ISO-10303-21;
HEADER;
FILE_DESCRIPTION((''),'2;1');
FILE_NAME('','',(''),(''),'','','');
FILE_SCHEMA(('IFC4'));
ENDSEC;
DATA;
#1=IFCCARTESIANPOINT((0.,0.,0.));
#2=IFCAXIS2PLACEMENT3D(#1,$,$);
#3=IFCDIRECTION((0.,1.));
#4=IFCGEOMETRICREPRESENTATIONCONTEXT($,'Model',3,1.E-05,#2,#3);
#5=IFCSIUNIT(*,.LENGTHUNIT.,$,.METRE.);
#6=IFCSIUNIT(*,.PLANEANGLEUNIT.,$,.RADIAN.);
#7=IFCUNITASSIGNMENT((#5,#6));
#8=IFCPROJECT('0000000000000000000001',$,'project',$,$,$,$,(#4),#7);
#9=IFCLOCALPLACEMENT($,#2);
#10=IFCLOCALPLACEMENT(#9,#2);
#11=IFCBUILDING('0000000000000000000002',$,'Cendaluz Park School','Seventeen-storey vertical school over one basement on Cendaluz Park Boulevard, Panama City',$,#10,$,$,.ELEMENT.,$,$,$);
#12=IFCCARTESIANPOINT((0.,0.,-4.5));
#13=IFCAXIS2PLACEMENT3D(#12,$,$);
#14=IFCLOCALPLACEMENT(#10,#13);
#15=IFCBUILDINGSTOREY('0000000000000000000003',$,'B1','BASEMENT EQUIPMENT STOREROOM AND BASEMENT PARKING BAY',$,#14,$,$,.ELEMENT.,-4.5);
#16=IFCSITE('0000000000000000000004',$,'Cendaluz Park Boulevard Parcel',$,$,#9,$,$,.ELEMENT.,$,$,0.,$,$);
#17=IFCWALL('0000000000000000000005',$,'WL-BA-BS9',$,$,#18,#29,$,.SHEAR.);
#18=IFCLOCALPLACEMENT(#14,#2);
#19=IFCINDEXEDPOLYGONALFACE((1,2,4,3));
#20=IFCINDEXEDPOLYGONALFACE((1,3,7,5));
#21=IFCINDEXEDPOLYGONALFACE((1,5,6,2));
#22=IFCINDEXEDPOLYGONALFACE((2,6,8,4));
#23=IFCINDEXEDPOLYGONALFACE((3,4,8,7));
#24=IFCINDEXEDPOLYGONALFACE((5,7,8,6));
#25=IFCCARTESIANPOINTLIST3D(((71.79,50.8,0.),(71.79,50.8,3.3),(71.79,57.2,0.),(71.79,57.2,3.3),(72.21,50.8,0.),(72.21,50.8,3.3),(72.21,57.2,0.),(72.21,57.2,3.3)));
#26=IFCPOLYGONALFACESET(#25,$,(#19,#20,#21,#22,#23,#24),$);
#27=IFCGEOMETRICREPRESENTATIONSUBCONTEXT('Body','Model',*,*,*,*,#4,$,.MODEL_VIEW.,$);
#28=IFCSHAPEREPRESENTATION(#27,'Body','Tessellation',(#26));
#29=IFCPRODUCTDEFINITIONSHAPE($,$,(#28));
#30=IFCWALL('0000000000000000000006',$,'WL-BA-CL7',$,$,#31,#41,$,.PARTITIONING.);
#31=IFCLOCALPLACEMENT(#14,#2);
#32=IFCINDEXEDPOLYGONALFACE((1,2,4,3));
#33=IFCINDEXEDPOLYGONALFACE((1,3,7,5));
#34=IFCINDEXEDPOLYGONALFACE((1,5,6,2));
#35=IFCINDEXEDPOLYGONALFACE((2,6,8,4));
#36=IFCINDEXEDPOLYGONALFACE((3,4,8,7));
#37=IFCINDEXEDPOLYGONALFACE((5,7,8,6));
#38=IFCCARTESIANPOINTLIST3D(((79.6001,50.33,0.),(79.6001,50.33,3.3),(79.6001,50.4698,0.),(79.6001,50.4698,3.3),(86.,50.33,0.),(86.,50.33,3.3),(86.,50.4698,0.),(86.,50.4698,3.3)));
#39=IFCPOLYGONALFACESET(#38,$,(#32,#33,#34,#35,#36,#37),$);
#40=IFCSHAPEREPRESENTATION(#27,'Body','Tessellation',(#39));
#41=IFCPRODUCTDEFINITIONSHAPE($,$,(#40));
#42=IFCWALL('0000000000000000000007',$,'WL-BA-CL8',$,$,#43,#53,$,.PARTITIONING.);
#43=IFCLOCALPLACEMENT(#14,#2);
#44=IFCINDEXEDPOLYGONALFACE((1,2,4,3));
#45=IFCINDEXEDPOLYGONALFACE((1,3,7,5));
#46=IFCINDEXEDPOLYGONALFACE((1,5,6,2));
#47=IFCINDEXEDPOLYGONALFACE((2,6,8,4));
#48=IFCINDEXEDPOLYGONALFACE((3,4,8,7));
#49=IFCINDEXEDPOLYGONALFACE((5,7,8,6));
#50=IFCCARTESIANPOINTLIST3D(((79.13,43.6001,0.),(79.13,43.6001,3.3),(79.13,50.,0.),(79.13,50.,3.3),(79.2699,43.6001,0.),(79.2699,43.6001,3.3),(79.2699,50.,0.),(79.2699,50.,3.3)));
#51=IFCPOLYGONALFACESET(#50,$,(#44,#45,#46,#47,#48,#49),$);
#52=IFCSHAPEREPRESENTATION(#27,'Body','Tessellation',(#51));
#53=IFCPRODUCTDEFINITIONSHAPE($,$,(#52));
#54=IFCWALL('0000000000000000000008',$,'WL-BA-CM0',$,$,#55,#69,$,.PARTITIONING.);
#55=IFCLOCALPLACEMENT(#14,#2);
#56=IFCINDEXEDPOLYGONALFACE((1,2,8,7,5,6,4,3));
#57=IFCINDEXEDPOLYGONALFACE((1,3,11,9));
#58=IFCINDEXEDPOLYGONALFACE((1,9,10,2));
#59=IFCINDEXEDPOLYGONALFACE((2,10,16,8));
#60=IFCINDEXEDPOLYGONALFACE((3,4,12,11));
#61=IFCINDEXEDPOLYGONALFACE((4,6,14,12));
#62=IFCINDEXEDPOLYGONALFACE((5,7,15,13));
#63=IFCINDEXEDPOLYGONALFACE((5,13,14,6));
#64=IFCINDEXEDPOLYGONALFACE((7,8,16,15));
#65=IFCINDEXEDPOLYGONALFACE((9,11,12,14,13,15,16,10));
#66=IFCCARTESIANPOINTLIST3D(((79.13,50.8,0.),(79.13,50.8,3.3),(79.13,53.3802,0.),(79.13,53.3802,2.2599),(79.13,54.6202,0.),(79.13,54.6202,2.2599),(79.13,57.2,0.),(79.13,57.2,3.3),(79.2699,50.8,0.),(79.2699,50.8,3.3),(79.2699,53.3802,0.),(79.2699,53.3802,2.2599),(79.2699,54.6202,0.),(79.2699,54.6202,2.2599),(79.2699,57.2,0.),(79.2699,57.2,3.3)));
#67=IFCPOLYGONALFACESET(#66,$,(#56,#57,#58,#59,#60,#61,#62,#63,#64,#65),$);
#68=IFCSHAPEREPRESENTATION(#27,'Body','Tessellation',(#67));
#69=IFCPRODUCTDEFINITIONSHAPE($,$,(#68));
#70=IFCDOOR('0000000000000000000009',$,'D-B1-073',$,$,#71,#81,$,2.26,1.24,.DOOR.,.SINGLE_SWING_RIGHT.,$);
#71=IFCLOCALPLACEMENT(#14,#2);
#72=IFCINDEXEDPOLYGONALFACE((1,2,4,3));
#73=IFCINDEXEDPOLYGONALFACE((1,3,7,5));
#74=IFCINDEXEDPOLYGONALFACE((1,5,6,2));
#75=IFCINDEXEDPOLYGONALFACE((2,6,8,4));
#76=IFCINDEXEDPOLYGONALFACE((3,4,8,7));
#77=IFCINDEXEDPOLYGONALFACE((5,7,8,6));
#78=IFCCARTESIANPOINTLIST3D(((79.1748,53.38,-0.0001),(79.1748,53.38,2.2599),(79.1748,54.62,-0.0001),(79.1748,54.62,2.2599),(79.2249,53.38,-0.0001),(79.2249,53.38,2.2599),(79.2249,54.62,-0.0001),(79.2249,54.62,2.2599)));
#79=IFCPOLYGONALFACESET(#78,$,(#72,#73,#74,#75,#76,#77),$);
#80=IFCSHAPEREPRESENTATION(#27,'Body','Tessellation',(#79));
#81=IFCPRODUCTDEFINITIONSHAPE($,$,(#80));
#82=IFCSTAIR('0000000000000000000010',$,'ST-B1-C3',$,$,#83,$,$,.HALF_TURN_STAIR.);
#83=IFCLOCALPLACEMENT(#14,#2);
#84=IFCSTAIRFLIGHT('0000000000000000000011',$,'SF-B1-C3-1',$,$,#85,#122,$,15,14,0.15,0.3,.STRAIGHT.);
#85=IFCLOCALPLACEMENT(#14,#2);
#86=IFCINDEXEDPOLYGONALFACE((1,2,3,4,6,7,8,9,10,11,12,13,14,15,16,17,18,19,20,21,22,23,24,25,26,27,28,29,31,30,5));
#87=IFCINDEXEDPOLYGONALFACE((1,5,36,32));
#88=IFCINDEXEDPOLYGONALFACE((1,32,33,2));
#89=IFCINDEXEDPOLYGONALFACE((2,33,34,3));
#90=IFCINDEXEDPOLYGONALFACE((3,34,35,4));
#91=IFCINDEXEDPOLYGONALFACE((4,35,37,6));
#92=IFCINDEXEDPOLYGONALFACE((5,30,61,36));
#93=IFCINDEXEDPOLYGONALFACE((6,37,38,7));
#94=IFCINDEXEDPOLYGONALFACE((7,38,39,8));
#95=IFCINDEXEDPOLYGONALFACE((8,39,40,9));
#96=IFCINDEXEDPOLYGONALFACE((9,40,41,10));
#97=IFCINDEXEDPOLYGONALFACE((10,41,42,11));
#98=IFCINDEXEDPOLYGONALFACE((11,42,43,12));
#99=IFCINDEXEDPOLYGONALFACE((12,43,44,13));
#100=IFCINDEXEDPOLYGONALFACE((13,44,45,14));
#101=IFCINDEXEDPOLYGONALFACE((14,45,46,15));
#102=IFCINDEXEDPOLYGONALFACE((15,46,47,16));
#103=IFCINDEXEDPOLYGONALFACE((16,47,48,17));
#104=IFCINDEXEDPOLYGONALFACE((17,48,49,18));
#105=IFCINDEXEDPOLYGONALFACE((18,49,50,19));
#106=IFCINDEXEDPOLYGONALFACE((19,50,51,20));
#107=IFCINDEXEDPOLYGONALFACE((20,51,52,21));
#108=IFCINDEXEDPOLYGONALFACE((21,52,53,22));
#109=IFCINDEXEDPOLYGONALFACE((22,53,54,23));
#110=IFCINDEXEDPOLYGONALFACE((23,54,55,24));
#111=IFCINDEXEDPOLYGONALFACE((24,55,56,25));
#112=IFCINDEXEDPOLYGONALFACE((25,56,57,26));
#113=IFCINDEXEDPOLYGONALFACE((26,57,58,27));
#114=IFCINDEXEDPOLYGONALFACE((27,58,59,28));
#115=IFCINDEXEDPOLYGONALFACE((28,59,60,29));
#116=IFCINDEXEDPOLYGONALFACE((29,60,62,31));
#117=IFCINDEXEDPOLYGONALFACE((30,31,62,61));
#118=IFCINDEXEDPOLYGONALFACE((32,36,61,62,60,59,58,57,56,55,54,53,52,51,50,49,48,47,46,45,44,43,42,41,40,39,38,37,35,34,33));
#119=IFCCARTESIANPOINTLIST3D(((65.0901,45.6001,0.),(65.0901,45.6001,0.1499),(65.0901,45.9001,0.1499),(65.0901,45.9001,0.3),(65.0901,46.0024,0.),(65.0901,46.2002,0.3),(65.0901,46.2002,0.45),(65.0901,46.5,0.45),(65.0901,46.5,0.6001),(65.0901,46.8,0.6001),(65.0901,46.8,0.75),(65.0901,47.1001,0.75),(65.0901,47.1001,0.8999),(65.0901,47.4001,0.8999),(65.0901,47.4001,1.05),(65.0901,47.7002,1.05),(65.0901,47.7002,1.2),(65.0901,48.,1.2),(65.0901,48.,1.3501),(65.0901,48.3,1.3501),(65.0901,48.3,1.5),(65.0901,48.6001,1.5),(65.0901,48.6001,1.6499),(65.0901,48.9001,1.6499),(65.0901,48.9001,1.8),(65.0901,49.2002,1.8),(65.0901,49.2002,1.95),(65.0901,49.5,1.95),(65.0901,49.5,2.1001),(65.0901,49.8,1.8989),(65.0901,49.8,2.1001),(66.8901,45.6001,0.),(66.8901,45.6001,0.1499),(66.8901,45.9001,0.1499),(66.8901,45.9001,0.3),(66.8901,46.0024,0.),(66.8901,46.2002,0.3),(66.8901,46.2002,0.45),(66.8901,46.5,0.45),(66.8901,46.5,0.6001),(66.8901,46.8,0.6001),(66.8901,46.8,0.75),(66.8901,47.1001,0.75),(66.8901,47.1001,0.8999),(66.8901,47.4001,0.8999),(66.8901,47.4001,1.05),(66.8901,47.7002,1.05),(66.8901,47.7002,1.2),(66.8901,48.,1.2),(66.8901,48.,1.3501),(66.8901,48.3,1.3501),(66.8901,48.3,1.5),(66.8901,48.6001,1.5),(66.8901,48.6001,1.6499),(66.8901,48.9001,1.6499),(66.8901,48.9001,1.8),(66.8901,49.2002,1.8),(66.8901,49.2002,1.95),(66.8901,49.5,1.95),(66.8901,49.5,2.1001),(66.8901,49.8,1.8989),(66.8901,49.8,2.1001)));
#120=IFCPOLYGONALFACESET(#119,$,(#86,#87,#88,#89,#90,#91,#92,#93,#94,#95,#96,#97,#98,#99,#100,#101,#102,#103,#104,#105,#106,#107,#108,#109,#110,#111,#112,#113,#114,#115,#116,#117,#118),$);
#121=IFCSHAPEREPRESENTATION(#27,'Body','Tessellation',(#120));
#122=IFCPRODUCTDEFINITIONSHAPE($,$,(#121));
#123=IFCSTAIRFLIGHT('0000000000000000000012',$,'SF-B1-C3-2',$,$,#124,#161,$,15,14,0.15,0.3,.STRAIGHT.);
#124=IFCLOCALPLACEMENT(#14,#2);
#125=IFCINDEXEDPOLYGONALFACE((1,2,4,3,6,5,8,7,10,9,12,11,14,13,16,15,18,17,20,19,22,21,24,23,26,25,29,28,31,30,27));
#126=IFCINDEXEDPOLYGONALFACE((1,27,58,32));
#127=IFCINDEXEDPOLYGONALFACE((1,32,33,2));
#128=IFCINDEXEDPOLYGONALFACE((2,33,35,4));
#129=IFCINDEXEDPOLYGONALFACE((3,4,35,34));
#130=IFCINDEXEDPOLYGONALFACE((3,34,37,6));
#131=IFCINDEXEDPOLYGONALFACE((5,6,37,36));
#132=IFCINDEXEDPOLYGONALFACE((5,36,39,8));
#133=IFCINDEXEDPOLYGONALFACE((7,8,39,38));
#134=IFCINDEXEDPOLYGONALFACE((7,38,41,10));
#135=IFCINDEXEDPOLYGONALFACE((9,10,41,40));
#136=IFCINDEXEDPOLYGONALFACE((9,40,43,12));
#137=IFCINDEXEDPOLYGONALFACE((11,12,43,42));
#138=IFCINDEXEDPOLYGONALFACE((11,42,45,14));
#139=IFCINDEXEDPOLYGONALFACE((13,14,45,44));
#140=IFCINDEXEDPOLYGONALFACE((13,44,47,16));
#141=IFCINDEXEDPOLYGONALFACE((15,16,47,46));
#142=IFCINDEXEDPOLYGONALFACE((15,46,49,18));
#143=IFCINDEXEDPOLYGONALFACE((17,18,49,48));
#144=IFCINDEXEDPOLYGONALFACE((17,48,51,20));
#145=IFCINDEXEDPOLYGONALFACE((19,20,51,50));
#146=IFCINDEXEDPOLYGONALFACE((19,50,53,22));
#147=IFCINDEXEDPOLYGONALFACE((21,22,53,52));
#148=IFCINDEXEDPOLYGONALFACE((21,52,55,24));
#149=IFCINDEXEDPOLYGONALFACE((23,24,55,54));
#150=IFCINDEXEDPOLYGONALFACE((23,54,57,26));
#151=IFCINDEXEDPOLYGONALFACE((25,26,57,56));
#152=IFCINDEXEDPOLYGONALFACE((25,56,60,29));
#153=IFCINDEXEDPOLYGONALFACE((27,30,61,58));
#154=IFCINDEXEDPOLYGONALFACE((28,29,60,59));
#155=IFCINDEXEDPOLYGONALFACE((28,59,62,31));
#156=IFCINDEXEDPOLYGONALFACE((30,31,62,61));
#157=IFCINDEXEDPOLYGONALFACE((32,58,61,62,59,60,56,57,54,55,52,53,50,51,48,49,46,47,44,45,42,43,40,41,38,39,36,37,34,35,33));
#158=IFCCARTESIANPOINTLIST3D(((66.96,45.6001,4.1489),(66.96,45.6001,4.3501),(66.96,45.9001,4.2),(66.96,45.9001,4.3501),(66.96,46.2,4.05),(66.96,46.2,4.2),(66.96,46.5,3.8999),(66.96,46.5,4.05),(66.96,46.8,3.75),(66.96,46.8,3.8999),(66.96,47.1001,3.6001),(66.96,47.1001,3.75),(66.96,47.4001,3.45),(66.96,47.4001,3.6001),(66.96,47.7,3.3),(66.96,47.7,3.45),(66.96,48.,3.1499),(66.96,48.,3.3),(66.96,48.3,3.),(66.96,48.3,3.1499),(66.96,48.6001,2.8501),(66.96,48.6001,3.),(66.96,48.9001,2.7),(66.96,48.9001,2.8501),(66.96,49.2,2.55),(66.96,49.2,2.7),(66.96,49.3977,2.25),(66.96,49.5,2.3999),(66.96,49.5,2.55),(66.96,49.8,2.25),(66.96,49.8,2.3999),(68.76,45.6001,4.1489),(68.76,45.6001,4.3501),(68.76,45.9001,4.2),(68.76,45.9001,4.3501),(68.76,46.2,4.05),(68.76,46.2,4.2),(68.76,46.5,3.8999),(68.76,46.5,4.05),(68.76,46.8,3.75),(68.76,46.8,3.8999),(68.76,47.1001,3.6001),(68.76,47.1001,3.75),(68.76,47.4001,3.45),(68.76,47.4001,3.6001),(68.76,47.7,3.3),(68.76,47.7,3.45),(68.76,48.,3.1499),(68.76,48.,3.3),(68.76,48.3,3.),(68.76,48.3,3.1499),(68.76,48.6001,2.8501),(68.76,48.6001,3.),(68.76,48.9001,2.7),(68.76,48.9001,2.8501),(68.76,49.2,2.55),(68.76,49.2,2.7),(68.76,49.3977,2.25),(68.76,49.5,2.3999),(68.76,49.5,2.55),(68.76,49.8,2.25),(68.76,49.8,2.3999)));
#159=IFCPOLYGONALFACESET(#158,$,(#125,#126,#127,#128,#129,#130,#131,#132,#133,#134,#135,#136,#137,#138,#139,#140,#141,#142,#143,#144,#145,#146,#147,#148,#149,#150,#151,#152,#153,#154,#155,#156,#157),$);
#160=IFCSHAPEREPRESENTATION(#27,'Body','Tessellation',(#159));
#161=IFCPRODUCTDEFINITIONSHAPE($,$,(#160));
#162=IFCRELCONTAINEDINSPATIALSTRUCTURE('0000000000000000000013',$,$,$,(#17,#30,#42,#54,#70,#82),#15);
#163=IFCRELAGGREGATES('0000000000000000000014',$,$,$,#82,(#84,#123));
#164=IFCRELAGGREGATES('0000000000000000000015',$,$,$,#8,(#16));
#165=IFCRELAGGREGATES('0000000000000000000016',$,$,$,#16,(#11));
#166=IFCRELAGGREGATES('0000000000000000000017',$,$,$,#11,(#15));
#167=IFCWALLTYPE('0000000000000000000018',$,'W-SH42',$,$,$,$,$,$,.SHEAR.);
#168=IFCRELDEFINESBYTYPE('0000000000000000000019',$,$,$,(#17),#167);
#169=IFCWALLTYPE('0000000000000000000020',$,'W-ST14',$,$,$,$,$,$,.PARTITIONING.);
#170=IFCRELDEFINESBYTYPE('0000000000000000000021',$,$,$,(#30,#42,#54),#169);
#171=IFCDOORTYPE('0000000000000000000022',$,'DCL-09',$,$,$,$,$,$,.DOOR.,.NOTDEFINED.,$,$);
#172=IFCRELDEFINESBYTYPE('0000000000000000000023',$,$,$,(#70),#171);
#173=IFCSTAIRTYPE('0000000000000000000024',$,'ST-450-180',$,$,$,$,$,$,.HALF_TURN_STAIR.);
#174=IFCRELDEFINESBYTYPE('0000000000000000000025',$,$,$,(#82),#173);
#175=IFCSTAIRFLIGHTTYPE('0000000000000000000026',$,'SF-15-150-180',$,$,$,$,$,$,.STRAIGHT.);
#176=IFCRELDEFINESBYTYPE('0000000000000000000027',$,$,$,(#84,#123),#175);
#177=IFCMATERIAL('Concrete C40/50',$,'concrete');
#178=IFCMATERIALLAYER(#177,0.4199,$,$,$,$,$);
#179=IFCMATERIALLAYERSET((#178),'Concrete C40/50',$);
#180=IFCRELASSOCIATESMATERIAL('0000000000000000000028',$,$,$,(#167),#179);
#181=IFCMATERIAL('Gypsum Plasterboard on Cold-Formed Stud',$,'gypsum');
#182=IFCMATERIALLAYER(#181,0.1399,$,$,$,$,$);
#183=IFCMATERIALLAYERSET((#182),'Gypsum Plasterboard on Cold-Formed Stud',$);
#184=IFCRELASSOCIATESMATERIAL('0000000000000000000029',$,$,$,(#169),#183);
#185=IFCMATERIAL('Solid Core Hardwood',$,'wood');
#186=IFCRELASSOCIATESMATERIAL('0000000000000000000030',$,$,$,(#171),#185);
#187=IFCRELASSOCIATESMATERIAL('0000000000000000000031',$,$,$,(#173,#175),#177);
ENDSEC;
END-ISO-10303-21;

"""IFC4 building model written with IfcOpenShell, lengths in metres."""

from ifc_helpers import new_model, si_unit, direction, frame, frame_2d, origin, place, context, subcontext, project, spatial, polyline, rectangle, outline, extrude, material, layer, layer_set, type_object, element, fill, aggregate, save


model = new_model("IFC4")

# Units and contexts
model_context = context("Model", 3, precision=1e-05, world=origin(), true_north=direction((0.0, 1.0)))
body_context = subcontext(model_context, "Body", "Model", "MODEL_VIEW")
ifc_project = project(units=[si_unit("LENGTHUNIT", "METRE"), si_unit("PLANEANGLEUNIT", "RADIAN")], contexts=[model_context])

# Site, building, storey
site_placement = place(None, origin())
site = spatial("IfcSite", under=ifc_project, at=site_placement, Name="Cendaluz Park Boulevard Parcel", CompositionType="ELEMENT", RefElevation=0.0)
building_placement = place(site_placement, origin())
building = spatial("IfcBuilding", under=site, at=building_placement, Name="Cendaluz Park School", Description="Seventeen-storey vertical school over one basement on Cendaluz Park Boulevard, Panama City", CompositionType="ELEMENT")
storey_placement = place(building_placement, frame((0.0, 0.0, -4.5)))
storey = spatial("IfcBuildingStorey", under=building, at=storey_placement, Name="B1", Description="BASEMENT EQUIPMENT STOREROOM AND BASEMENT PARKING BAY", CompositionType="ELEMENT", Elevation=-4.5)

# Shared definitions
ifc_material_1 = material(Name="Concrete C40/50", Category="concrete")

# Walls
ifc_layer_1 = layer(ifc_material_1, 0.4199)
ifc_layer_set_1 = layer_set([ifc_layer_1], Name="Concrete C40/50")
wall_type_1 = type_object("IfcWallType", Name="W-SH42", PredefinedType="SHEAR", material=ifc_layer_set_1)
wall_1_placement = place(storey_placement, frame((72.0, 50.8, 0.0), z_axis=(0.0, 0.0, 1.0), x_axis=(0.0, 1.0, 0.0)))
element("IfcWall", 1, at=wall_1_placement, inside=storey, type_object=wall_type_1, Name="WL-BA-BS9", PredefinedType="SHEAR", context=body_context, shape_type="SweptSolid", body=[
    extrude(rectangle(XDim=6.3999, YDim=0.4199, at=frame_2d((3.2, 0.0))), origin(), (0.0, 0.0, 1.0), 3.3),
])
ifc_material_2 = material(Name="Gypsum Plasterboard on Cold-Formed Stud", Category="gypsum")
ifc_layer_2 = layer(ifc_material_2, 0.1399)
ifc_layer_set_2 = layer_set([ifc_layer_2], Name="Gypsum Plasterboard on Cold-Formed Stud")
wall_type_2 = type_object("IfcWallType", Name="W-ST14", PredefinedType="PARTITIONING", material=ifc_layer_set_2)
for number, where, z_axis, x_axis, name in (
    (2, (79.6001, 50.3999, 0.0), (0.0, 0.0, 1.0), (1.0, 0.0, 0.0), "WL-BA-CL7"),
    (3, (79.2, 43.6001, 0.0), (0.0, 0.0, 1.0), (0.0, 1.0, 0.0), "WL-BA-CL8"),
):
    element("IfcWall", number, at=place(storey_placement, frame(where, z_axis=z_axis, x_axis=x_axis)), inside=storey, type_object=wall_type_2, Name=name, PredefinedType="PARTITIONING", context=body_context, shape_type="SweptSolid", body=[
        extrude(rectangle(XDim=6.3999, YDim=0.1399, at=frame_2d((3.2, 0.0))), origin(), (0.0, 0.0, 1.0), 3.3),
    ])

# Wall, opening, door
wall_2_placement = place(storey_placement, frame((79.2, 50.8, 0.0), z_axis=(0.0, 0.0, 1.0), x_axis=(0.0, 1.0, 0.0)))
wall_2 = element("IfcWall", 4, at=wall_2_placement, inside=storey, type_object=wall_type_2, Name="WL-BA-CM0", PredefinedType="PARTITIONING", context=body_context, shape_type="SweptSolid", body=[
    extrude(rectangle(XDim=6.3999, YDim=0.1399, at=frame_2d((3.2, 0.0))), origin(), (0.0, 0.0, 1.0), 3.3),
])
opening_placement = place(wall_2_placement, frame((2.5801, 0.0, 0.0)))
opening = element("IfcOpeningElement", 5, at=opening_placement, cuts=wall_2, PredefinedType="OPENING", context=body_context, shape_type="SweptSolid", body=[
    extrude(rectangle(XDim=1.24, YDim=2.26, at=frame_2d((0.6201, 1.1299))), frame((0.0, 0.082, 0.0), z_axis=(0.0, -1.0, 0.0), x_axis=(1.0, 0.0, 0.0)), (0.0, 0.0, 1.0), 0.1638),
])
ifc_material_3 = material(Name="Solid Core Hardwood", Category="wood")
door_type = type_object("IfcDoorType", Name="DCL-09", OperationType="NOTDEFINED", PredefinedType="DOOR", material=ifc_material_3)
door_placement = place(opening_placement, frame((1.24, 0.0, 0.0), z_axis=(0.0, 0.0, 1.0), x_axis=(-1.0, 0.0, 0.0)))
door = element("IfcDoor", 6, at=door_placement, inside=storey, type_object=door_type, Name="D-B1-073", OperationType="SINGLE_SWING_RIGHT", OverallHeight=2.26, OverallWidth=1.24, PredefinedType="DOOR", context=body_context, shape_type="SweptSolid", body=[
    extrude(rectangle(XDim=1.24, YDim=2.26, at=frame_2d((0.6201, 1.1299))), frame((0.0, 0.0249, 0.0), z_axis=(0.0, -1.0, 0.0), x_axis=(1.0, 0.0, 0.0)), (0.0, 0.0, 1.0), 0.05),
])
fill(opening, door)

# Stair, stair flights
stair_type = type_object("IfcStairType", Name="ST-450-180", PredefinedType="HALF_TURN_STAIR", material=ifc_material_1)
stair_placement = place(storey_placement, origin())
stair = element("IfcStair", 7, at=stair_placement, inside=storey, type_object=stair_type, Name="ST-B1-C3", PredefinedType="HALF_TURN_STAIR")
stair_flight_type = type_object("IfcStairFlightType", Name="SF-15-150-180", PredefinedType="STRAIGHT", material=ifc_material_1)
stair_flight_1_placement = place(storey_placement, frame((65.99, 45.6001, 0.0), z_axis=(0.0, 0.0, 1.0), x_axis=(0.0, 1.0, 0.0)))
stair_flight_1 = element("IfcStairFlight", 8, at=stair_flight_1_placement, type_object=stair_flight_type, Name="SF-B1-C3-1", NumberOfRisers=15, NumberOfTreads=14, PredefinedType="STRAIGHT", RiserHeight=0.15, TreadLength=0.3, context=body_context, shape_type="SweptSolid", body=[
    extrude(outline(polyline([(0.0, 0.0), (0.0, 0.1499), (0.3, 0.1499), (0.3, 0.3), (0.6001, 0.3), (0.6001, 0.45), (0.8999, 0.45), (0.8999, 0.6001), (1.2, 0.6001), (1.2, 0.75), (1.5, 0.75), (1.5, 0.8999), (1.8, 0.8999), (1.8, 1.05), (2.1001, 1.05), (2.1001, 1.2), (2.3999, 1.2), (2.3999, 1.3501), (2.7, 1.3501), (2.7, 1.5), (3.0, 1.5), (3.0, 1.6499), (3.3, 1.6499), (3.3, 1.8), (3.6001, 1.8), (3.6001, 1.95), (3.8999, 1.95), (3.8999, 2.1001), (4.2, 2.1001), (4.2, 2.25), (4.2, 1.8989), (0.4023, 0.0), (0.0, 0.0)])), frame((0.0, 0.8999, 0.0), z_axis=(0.0, -1.0, 0.0), x_axis=(1.0, 0.0, 0.0)), (0.0, 0.0, 1.0), 1.8),
])
stair_flight_2_placement = place(storey_placement, frame((67.8601, 49.8, 2.25), z_axis=(0.0, 0.0, 1.0), x_axis=(0.0, -1.0, 0.0)))
stair_flight_2 = element("IfcStairFlight", 9, at=stair_flight_2_placement, type_object=stair_flight_type, Name="SF-B1-C3-2", NumberOfRisers=15, NumberOfTreads=14, PredefinedType="STRAIGHT", RiserHeight=0.15, TreadLength=0.3, context=body_context, shape_type="SweptSolid", body=[
    extrude(outline(polyline([(0.0, 0.0), (0.0, 0.1499), (0.3, 0.1499), (0.3, 0.3), (0.6001, 0.3), (0.6001, 0.45), (0.8999, 0.45), (0.8999, 0.6001), (1.2, 0.6001), (1.2, 0.75), (1.5, 0.75), (1.5, 0.8999), (1.8, 0.8999), (1.8, 1.05), (2.1001, 1.05), (2.1001, 1.2), (2.3999, 1.2), (2.3999, 1.3501), (2.7, 1.3501), (2.7, 1.5), (3.0, 1.5), (3.0, 1.6499), (3.3, 1.6499), (3.3, 1.8), (3.6001, 1.8), (3.6001, 1.95), (3.8999, 1.95), (3.8999, 2.1001), (4.2, 2.1001), (4.2, 2.25), (4.2, 1.8989), (0.4023, 0.0), (0.0, 0.0)])), frame((0.0, 0.8999, 0.0), z_axis=(0.0, -1.0, 0.0), x_axis=(1.0, 0.0, 0.0)), (0.0, 0.0, 1.0), 1.8),
])
aggregate(stair, [stair_flight_1, stair_flight_2])

save(model, "model.ifc")
